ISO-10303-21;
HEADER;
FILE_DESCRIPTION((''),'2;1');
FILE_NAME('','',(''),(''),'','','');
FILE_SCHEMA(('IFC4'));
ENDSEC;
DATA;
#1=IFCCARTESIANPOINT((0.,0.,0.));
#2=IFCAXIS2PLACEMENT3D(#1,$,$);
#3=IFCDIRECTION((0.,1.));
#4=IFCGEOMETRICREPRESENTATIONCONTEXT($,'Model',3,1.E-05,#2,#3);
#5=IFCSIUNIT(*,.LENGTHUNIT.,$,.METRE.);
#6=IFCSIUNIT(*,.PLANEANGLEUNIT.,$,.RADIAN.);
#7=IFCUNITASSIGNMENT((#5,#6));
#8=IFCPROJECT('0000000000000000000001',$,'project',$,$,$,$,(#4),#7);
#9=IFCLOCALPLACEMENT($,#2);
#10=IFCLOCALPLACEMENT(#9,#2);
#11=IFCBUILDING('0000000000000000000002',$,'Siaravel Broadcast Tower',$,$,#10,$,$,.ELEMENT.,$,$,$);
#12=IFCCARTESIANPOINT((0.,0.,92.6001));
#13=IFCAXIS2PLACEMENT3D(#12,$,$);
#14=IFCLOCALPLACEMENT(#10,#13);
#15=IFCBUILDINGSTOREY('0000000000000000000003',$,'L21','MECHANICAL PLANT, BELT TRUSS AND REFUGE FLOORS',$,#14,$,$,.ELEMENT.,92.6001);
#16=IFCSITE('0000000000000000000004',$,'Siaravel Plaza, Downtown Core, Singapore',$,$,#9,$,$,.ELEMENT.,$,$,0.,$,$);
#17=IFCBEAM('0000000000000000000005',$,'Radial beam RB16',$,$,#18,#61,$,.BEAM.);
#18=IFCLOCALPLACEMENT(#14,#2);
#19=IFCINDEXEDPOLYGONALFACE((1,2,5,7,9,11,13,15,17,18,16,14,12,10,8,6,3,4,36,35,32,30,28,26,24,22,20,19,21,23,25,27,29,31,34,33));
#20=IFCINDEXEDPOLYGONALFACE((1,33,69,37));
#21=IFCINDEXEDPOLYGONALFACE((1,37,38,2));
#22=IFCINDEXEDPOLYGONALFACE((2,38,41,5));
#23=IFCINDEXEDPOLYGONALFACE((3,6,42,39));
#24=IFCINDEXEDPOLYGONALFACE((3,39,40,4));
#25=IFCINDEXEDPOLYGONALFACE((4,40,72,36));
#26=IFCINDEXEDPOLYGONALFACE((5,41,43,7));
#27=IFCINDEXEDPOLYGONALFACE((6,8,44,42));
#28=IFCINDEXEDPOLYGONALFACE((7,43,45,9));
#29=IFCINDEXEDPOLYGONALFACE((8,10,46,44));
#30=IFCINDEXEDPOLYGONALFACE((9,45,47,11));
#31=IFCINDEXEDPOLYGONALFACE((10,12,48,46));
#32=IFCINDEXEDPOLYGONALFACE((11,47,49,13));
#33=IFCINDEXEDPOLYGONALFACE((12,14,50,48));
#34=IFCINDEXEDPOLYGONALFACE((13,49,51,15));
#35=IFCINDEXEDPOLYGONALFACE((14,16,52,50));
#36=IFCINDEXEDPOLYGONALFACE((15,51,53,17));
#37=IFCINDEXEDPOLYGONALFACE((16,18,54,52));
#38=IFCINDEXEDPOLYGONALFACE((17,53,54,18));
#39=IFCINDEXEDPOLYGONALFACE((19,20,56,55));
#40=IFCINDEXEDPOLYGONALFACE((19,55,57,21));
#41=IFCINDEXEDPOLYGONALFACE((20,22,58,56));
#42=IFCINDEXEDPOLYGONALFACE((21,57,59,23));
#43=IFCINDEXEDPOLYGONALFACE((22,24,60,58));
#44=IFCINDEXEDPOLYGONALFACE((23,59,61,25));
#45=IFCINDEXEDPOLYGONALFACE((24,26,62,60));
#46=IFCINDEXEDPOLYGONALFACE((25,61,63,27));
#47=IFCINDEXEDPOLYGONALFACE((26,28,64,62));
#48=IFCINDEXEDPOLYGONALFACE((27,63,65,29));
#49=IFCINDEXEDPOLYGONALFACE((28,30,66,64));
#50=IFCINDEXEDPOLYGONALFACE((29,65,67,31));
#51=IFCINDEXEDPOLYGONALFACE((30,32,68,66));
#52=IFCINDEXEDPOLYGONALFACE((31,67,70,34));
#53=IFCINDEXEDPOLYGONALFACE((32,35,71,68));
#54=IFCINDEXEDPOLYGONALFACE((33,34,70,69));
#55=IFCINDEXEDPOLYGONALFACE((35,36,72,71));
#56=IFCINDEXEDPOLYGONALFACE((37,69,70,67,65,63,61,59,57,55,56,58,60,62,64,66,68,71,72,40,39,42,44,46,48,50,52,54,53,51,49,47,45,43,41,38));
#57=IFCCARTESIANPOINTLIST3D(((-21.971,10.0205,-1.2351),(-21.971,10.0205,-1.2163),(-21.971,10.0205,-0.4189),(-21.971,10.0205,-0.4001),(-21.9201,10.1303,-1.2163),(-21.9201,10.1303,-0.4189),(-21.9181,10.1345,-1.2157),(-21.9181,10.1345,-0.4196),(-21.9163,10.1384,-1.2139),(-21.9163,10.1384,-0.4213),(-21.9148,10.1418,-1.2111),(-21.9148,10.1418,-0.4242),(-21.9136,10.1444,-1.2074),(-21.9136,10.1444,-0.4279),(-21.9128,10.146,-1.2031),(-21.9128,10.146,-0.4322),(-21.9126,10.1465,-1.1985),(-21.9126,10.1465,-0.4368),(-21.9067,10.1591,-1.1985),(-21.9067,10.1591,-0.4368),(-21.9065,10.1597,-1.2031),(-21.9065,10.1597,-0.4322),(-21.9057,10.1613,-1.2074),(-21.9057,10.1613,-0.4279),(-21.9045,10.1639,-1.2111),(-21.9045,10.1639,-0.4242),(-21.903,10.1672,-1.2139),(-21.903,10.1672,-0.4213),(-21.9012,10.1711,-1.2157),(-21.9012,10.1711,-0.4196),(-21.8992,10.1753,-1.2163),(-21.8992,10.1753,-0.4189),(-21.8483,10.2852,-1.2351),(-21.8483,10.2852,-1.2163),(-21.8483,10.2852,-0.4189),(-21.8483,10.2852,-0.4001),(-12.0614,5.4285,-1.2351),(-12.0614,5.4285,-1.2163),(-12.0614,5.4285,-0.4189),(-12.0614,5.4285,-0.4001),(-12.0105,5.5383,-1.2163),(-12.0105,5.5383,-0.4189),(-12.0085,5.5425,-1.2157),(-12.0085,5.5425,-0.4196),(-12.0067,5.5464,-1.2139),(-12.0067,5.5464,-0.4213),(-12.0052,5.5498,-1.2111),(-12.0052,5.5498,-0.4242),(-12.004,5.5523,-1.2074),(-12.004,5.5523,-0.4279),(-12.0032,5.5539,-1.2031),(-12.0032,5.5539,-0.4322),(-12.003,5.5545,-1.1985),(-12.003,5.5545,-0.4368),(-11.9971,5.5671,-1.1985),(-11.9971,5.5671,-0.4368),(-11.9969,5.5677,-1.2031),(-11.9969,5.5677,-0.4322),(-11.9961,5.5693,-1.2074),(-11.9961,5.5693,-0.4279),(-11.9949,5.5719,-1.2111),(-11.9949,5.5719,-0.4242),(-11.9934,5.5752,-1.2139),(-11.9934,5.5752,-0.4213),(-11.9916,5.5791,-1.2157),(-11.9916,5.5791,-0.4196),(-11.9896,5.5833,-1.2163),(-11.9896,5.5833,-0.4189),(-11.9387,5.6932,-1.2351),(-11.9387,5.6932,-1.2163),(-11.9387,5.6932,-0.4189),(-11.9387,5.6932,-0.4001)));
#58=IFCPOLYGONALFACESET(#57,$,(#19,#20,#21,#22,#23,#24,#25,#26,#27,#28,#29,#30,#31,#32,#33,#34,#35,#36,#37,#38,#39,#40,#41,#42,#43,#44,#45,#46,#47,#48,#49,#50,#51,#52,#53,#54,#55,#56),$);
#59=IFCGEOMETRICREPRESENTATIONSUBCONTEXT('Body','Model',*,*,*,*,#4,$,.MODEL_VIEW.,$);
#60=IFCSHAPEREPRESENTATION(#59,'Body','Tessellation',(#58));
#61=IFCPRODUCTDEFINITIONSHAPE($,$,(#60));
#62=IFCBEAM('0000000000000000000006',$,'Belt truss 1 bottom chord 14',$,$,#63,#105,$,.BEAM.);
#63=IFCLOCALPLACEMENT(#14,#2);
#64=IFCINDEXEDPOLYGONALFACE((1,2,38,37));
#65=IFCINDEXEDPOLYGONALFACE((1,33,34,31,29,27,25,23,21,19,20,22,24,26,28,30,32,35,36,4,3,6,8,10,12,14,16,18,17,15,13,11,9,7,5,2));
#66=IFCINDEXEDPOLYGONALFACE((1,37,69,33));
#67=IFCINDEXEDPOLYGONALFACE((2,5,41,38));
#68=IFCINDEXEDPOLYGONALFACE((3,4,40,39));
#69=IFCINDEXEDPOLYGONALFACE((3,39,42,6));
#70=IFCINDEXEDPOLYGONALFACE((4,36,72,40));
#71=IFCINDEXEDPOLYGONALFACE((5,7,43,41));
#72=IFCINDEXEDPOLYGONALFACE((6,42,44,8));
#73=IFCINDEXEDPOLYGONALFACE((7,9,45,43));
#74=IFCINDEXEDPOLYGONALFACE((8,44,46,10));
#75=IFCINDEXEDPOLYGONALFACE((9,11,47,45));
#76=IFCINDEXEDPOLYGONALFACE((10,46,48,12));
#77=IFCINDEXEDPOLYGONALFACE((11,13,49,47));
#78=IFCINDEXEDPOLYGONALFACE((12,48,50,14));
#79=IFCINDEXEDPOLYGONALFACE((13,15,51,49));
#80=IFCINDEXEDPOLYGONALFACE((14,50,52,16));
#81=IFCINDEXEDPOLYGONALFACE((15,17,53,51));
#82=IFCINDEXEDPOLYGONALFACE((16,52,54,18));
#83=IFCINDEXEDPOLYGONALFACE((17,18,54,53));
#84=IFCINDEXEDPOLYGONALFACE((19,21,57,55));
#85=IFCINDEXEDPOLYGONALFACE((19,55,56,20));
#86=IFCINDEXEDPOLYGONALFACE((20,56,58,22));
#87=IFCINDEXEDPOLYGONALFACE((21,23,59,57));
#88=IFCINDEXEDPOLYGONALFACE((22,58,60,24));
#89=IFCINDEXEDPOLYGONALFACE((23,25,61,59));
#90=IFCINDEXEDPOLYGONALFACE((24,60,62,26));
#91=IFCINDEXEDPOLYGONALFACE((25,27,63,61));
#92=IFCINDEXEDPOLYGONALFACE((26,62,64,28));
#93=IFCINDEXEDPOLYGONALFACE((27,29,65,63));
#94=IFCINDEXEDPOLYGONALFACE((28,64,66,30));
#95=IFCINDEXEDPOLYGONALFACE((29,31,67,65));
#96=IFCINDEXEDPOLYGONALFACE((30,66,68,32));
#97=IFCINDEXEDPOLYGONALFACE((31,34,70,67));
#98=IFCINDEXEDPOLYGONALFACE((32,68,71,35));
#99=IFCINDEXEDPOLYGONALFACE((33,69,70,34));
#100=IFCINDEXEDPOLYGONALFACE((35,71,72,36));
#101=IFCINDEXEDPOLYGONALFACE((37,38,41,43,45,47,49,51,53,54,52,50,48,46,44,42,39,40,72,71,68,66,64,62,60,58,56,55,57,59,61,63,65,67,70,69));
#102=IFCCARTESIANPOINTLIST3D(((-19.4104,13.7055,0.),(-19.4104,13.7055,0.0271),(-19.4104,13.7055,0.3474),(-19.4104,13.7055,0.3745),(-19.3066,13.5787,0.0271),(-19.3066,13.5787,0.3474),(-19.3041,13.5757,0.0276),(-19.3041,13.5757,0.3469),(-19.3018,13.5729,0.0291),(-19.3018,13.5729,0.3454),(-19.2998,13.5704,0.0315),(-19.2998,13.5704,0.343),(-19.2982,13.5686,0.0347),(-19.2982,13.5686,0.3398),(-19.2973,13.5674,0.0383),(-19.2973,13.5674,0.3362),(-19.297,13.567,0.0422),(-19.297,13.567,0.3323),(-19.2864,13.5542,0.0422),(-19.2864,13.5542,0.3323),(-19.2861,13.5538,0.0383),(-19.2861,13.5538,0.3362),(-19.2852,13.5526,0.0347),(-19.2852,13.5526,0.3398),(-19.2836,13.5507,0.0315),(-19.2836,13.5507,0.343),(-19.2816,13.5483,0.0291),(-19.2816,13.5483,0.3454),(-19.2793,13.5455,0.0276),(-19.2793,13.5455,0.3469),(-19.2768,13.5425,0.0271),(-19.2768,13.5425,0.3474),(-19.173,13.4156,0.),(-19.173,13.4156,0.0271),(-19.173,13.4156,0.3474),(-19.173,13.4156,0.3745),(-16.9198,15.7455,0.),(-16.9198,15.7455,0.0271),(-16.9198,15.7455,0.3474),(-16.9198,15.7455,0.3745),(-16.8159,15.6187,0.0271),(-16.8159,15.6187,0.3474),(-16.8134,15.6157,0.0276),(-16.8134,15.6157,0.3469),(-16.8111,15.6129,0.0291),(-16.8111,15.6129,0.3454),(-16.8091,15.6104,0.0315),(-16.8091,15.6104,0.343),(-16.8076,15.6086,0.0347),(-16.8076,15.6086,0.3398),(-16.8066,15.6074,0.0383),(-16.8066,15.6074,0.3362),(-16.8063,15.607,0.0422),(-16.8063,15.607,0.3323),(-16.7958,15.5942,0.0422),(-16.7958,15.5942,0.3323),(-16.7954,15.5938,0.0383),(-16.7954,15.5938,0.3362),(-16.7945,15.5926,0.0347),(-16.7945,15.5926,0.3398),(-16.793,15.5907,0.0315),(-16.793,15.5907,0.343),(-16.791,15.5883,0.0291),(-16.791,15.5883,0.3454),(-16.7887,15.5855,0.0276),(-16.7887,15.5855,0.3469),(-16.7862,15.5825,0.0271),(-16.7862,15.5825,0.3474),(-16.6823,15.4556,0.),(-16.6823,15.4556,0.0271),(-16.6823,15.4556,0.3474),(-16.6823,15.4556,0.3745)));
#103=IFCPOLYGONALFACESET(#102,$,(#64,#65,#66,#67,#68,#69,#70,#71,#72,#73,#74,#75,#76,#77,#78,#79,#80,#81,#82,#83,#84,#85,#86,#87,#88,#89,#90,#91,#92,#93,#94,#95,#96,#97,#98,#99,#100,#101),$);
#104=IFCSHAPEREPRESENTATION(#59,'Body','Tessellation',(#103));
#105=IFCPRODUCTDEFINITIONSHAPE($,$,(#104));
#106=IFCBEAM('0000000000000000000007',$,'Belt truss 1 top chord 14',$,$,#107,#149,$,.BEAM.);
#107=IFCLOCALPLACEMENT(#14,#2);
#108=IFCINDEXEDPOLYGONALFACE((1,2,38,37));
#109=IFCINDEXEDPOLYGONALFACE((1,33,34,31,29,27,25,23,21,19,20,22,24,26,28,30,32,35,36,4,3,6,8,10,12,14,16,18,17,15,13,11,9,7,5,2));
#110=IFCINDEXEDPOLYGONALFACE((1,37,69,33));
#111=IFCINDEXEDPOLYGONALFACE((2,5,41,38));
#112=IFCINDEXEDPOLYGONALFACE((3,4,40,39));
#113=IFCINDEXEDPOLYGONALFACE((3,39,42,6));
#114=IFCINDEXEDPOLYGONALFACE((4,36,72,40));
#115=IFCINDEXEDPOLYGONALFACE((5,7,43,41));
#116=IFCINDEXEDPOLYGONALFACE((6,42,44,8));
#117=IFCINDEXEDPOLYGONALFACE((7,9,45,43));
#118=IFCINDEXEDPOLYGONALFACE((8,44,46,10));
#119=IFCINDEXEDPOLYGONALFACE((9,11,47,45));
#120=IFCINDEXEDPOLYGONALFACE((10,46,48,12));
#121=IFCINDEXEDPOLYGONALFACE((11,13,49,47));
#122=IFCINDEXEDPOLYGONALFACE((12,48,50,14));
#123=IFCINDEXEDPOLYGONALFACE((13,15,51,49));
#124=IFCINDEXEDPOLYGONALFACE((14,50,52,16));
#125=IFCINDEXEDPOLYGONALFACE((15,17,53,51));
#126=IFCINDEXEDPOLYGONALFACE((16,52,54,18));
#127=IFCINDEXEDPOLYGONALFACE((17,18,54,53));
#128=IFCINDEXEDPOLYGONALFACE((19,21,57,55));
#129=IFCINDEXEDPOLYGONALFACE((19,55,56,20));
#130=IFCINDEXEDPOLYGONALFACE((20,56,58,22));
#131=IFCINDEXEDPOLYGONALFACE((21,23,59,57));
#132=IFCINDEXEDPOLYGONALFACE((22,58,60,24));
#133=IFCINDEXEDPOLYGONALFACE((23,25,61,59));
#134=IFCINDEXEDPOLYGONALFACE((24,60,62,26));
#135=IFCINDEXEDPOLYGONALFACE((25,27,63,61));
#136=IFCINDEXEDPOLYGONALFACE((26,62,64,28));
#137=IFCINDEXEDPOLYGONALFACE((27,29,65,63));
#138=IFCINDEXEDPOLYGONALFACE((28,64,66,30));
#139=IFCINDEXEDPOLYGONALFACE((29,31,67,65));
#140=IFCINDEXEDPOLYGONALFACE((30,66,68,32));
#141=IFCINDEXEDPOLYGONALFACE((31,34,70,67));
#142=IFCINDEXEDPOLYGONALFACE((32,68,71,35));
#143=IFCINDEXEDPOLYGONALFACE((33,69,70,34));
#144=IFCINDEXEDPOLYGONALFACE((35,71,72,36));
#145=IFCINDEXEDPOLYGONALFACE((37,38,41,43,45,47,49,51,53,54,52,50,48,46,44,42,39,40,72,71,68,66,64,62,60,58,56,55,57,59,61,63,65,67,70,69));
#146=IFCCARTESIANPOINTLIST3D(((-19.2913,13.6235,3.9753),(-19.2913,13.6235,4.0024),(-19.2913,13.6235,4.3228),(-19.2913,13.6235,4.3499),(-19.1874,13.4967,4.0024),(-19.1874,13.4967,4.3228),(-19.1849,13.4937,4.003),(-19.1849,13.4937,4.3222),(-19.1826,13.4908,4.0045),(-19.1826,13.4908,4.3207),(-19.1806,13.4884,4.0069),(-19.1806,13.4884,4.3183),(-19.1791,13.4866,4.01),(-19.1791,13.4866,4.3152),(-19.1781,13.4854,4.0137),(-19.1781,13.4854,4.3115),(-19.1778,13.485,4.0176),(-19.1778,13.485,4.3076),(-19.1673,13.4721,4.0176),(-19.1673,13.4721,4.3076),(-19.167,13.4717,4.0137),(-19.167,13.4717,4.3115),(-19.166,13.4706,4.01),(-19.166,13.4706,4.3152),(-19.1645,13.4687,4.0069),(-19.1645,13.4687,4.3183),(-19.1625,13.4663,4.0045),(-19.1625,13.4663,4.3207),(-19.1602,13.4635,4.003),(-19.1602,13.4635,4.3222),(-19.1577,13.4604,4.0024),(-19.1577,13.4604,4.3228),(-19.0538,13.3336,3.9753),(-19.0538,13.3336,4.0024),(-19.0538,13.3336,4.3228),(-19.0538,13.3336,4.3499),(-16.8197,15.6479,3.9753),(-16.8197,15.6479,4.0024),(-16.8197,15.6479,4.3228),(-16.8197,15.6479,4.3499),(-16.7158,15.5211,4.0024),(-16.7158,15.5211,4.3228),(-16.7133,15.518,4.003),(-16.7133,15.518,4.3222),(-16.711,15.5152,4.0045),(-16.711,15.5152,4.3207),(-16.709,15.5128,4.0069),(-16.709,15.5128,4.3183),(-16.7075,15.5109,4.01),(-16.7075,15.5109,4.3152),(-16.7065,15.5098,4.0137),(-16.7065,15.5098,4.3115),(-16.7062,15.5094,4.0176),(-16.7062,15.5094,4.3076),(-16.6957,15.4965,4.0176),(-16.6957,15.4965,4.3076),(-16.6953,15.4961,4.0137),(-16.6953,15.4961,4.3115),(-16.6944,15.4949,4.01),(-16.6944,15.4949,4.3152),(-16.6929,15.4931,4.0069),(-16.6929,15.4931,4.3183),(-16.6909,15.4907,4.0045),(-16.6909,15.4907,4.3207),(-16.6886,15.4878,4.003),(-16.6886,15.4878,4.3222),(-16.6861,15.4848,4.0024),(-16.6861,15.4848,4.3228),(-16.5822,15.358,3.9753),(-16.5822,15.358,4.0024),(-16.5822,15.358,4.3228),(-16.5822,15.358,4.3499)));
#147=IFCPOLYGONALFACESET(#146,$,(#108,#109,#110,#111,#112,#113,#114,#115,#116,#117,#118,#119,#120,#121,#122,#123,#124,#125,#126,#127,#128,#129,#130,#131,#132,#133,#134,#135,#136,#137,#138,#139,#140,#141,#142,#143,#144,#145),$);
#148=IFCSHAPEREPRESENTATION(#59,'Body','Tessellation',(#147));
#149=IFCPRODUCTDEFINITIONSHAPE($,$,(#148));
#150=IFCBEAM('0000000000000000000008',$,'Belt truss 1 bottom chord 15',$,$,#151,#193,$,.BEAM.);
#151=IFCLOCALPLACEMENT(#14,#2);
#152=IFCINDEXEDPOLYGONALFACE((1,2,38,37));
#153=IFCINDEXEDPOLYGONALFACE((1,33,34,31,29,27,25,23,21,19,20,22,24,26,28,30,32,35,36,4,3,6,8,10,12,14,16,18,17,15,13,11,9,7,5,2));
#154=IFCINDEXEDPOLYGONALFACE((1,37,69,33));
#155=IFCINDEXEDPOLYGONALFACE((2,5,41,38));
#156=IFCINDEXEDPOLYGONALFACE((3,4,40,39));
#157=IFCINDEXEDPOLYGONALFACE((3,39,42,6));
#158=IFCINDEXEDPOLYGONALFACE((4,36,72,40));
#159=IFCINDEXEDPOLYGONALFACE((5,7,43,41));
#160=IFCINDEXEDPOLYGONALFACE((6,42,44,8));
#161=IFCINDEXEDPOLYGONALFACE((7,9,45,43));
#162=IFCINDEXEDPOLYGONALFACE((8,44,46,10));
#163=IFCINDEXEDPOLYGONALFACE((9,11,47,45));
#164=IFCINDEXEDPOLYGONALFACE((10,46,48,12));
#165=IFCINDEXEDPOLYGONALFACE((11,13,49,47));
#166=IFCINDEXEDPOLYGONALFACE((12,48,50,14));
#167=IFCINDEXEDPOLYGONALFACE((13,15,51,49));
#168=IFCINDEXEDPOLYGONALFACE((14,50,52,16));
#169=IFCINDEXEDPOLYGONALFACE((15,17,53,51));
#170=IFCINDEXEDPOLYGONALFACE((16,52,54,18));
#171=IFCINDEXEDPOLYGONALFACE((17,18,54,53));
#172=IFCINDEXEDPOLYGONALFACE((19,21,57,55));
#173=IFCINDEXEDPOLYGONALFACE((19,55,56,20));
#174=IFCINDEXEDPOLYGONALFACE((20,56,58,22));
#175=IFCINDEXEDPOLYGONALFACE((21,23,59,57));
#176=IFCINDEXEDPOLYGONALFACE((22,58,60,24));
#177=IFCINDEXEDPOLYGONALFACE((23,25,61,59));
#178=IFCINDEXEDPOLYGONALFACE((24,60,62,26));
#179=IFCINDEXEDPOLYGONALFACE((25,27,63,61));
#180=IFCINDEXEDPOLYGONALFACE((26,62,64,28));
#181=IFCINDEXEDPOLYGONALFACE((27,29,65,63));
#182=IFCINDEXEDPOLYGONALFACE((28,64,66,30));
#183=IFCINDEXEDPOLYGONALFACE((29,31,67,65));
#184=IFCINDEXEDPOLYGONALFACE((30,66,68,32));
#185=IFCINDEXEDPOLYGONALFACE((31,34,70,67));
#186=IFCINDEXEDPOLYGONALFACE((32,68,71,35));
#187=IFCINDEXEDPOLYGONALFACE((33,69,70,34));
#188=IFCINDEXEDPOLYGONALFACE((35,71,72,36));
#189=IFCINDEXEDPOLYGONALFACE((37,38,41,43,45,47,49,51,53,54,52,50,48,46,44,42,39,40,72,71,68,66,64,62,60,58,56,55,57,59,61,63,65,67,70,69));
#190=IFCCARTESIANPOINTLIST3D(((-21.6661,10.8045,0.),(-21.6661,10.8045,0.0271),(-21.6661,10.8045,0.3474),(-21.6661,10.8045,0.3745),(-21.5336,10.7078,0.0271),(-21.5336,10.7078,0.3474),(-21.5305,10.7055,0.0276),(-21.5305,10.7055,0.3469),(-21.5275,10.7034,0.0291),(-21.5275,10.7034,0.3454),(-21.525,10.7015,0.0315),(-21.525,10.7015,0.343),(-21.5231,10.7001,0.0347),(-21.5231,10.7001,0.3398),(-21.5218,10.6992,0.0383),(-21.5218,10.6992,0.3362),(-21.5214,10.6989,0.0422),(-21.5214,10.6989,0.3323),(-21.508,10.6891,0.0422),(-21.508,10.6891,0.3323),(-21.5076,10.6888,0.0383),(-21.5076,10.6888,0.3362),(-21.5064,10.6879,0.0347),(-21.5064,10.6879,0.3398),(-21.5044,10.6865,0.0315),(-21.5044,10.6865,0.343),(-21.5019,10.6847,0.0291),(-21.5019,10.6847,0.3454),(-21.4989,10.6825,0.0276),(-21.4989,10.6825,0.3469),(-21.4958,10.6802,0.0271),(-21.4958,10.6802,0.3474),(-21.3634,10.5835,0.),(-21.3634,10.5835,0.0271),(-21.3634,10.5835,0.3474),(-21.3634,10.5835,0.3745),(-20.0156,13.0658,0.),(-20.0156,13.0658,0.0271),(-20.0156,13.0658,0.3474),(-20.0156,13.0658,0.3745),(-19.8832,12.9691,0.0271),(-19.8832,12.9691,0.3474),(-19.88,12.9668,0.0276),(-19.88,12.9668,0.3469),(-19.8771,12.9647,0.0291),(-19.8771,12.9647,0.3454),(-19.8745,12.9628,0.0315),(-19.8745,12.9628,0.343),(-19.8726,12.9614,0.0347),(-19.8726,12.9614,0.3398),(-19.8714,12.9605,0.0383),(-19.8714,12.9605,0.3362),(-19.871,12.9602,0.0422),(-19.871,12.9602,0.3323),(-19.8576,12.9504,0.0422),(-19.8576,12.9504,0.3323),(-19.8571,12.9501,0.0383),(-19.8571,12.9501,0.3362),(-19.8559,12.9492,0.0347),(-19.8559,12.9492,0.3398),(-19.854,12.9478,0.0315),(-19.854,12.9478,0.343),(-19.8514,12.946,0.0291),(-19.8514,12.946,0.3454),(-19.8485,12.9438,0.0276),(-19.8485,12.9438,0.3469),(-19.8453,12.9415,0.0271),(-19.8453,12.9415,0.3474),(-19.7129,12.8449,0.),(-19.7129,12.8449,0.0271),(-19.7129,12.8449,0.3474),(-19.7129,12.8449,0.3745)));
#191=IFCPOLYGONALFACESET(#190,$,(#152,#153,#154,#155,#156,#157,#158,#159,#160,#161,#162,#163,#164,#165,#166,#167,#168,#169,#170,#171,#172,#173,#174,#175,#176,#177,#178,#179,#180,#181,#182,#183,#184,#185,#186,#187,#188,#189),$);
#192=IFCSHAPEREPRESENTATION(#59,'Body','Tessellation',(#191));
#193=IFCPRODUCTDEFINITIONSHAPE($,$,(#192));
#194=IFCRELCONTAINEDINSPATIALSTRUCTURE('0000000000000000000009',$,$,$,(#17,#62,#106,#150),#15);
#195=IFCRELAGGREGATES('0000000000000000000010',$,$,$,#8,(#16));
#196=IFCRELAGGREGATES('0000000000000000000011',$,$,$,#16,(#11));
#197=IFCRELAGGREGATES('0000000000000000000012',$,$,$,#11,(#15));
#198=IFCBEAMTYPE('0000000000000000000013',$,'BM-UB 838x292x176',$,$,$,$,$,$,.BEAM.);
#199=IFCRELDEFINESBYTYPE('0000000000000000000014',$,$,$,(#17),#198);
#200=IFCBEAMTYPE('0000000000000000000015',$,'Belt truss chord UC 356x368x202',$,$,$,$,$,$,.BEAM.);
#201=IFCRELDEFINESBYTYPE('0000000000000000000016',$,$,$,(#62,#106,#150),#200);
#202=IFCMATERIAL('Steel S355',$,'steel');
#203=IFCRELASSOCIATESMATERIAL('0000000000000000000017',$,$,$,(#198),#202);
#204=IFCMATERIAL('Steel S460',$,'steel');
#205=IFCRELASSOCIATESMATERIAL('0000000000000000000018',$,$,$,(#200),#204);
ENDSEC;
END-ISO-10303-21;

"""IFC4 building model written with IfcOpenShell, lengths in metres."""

from ifc_helpers import new_model, si_unit, direction, frame, origin, origin_2d, place, context, subcontext, project, spatial, i_section, extrude, material, material_profile, profile_set, type_object, element, save


model = new_model("IFC4")

# Units and contexts
model_context = context("Model", 3, precision=1e-05, world=origin(), true_north=direction((0.0, 1.0)))
body_context = subcontext(model_context, "Body", "Model", "MODEL_VIEW")
ifc_project = project(units=[si_unit("LENGTHUNIT", "METRE"), si_unit("PLANEANGLEUNIT", "RADIAN")], contexts=[model_context])

# Site, building, storey
site_placement = place(None, origin())
site = spatial("IfcSite", under=ifc_project, at=site_placement, Name="Siaravel Plaza, Downtown Core, Singapore", CompositionType="ELEMENT", RefElevation=0.0)
building_placement = place(site_placement, origin())
building = spatial("IfcBuilding", under=site, at=building_placement, Name="Siaravel Broadcast Tower", CompositionType="ELEMENT")
storey_placement = place(building_placement, frame((0.0, 0.0, 92.6001)))
storey = spatial("IfcBuildingStorey", under=building, at=storey_placement, Name="L21", Description="MECHANICAL PLANT, BELT TRUSS AND REFUGE FLOORS", CompositionType="ELEMENT", Elevation=92.6001)

# Beams
ifc_material_1 = material(Name="Steel S355", Category="steel")
ifc_material_profile_1 = material_profile(ifc_material_1, i_section(OverallWidth=0.2917, OverallDepth=0.835, WebThickness=0.0139, FlangeThickness=0.0188, FilletRadius=0.0178, at=origin_2d()))
ifc_profile_set_1 = profile_set([ifc_material_profile_1], Name="Steel S355")
beam_type_1 = type_object("IfcBeamType", Name="BM-UB 838x292x176", PredefinedType="BEAM", material=ifc_profile_set_1)
beam_1_placement = place(storey_placement, frame((-21.9097, 10.1528, -0.8176), z_axis=(0.907319, -0.420443, 0.0), x_axis=(0.420443, 0.907319, 0.0)))
element("IfcBeam", 1, at=beam_1_placement, inside=storey, type_object=beam_type_1, Name="Radial beam RB16", PredefinedType="BEAM", context=body_context, shape_type="SweptSolid", body=[
    extrude(i_section(OverallWidth=0.2917, OverallDepth=0.835, WebThickness=0.0139, FlangeThickness=0.0188, FilletRadius=0.0178, at=origin_2d()), origin(), (0.0, 0.0, 1.0), 10.9219),
])
ifc_material_2 = material(Name="Steel S460", Category="steel")
ifc_material_profile_2 = material_profile(ifc_material_2, i_section(OverallWidth=0.3748, OverallDepth=0.3745, WebThickness=0.0166, FlangeThickness=0.0271, FilletRadius=0.0151, at=origin_2d()))
ifc_profile_set_2 = profile_set([ifc_material_profile_2], Name="Steel S460")
beam_type_2 = type_object("IfcBeamType", Name="Belt truss chord UC 356x368x202", PredefinedType="BEAM", material=ifc_profile_set_2)
beam_2_placement = place(storey_placement, frame((-16.801, 15.6006, 0.1873), z_axis=(-0.773626, -0.633642, 0.0), x_axis=(0.633642, -0.773626, 0.0)))
element("IfcBeam", 2, at=beam_2_placement, inside=storey, type_object=beam_type_2, Name="Belt truss 1 bottom chord 14", PredefinedType="BEAM", context=body_context, shape_type="SweptSolid", body=[
    extrude(i_section(OverallWidth=0.3748, OverallDepth=0.3745, WebThickness=0.0166, FlangeThickness=0.0271, FilletRadius=0.0151, at=origin_2d()), origin(), (0.0, 0.0, 1.0), 3.2195),
])
beam_3_placement = place(storey_placement, frame((-16.7009, 15.5029, 4.1626), z_axis=(-0.77363, -0.633637, 0.0), x_axis=(0.633637, -0.77363, 0.0)))
element("IfcBeam", 3, at=beam_3_placement, inside=storey, type_object=beam_type_2, Name="Belt truss 1 top chord 14", PredefinedType="BEAM", context=body_context, shape_type="SweptSolid", body=[
    extrude(i_section(OverallWidth=0.3748, OverallDepth=0.3745, WebThickness=0.0166, FlangeThickness=0.0271, FilletRadius=0.0151, at=origin_2d()), origin(), (0.0, 0.0, 1.0), 3.1948),
])
beam_4_placement = place(storey_placement, frame((-19.8643, 12.9553, 0.1873), z_axis=(-0.58954, -0.807739, 0.0), x_axis=(0.807739, -0.58954, 0.0)))
element("IfcBeam", 4, at=beam_4_placement, inside=storey, type_object=beam_type_2, Name="Belt truss 1 bottom chord 15", PredefinedType="BEAM", context=body_context, shape_type="SweptSolid", body=[
    extrude(i_section(OverallWidth=0.3748, OverallDepth=0.3745, WebThickness=0.0166, FlangeThickness=0.0271, FilletRadius=0.0151, at=origin_2d()), origin(), (0.0, 0.0, 1.0), 2.7996),
])

save(model, "model.ifc")
